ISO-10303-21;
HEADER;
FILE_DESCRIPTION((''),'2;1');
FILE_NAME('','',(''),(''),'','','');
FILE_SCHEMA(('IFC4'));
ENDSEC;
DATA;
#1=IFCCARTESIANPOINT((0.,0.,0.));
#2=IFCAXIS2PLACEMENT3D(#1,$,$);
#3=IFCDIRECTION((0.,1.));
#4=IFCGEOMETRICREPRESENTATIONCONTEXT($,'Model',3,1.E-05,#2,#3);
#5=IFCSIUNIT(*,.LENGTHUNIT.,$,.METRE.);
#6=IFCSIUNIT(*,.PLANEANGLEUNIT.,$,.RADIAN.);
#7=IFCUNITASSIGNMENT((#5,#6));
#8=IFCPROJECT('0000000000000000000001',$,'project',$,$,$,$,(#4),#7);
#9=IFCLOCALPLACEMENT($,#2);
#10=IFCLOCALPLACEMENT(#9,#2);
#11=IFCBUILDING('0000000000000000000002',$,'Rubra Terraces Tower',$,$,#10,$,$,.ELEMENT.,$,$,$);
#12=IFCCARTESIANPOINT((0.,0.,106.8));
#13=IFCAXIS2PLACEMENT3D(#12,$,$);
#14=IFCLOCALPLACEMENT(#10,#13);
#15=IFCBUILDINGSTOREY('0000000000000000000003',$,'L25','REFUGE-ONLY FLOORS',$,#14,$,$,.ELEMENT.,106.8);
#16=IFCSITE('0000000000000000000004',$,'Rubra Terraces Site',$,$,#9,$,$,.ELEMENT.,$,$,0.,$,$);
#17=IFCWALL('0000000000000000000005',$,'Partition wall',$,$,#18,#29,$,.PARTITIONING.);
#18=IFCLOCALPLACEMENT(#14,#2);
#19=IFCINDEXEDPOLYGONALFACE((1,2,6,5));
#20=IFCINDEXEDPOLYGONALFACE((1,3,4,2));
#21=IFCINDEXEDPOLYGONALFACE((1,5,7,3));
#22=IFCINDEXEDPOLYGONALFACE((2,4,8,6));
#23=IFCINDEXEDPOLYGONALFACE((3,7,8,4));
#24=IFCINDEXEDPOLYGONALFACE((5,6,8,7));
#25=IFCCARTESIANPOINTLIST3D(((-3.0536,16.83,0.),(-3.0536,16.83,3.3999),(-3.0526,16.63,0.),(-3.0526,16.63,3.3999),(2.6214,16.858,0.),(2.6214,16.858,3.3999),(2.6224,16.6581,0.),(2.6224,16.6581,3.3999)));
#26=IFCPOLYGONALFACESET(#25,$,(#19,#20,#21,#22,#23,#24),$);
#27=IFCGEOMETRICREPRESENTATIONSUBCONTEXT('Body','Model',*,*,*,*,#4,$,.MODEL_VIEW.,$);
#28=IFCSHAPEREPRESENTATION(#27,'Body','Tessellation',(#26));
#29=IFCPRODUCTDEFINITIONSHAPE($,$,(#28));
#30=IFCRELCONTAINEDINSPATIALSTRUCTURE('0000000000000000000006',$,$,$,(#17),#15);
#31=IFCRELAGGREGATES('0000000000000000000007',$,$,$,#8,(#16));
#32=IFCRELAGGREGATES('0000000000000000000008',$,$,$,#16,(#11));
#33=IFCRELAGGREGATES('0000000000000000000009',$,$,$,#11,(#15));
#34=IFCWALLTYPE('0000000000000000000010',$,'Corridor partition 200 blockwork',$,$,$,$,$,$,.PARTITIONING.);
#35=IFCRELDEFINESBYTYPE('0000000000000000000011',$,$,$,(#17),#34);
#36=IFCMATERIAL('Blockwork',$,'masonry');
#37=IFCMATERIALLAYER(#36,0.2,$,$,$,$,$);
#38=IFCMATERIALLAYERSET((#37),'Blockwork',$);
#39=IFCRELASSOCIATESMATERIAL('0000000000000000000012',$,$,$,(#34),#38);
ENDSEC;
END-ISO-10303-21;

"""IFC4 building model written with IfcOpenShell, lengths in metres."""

from ifc_helpers import new_model, si_unit, direction, frame, frame_2d, origin, place, context, subcontext, project, spatial, rectangle, extrude, material, layer, layer_set, type_object, element, save


model = new_model("IFC4")

# Units and contexts
model_context = context("Model", 3, precision=1e-05, world=origin(), true_north=direction((0.0, 1.0)))
body_context = subcontext(model_context, "Body", "Model", "MODEL_VIEW")
ifc_project = project(units=[si_unit("LENGTHUNIT", "METRE"), si_unit("PLANEANGLEUNIT", "RADIAN")], contexts=[model_context])

# Site, building, storey
site_placement = place(None, origin())
site = spatial("IfcSite", under=ifc_project, at=site_placement, Name="Rubra Terraces Site", CompositionType="ELEMENT", RefElevation=0.0)
building_placement = place(site_placement, origin())
building = spatial("IfcBuilding", under=site, at=building_placement, Name="Rubra Terraces Tower", CompositionType="ELEMENT")
storey_placement = place(building_placement, frame((0.0, 0.0, 106.8)))
storey = spatial("IfcBuildingStorey", under=building, at=storey_placement, Name="L25", Description="REFUGE-ONLY FLOORS", CompositionType="ELEMENT", Elevation=106.8)

# Wall
ifc_material_1 = material(Name="Blockwork", Category="masonry")
ifc_layer_1 = layer(ifc_material_1, 0.2)
ifc_layer_set_1 = layer_set([ifc_layer_1], Name="Blockwork")
wall_type_1 = type_object("IfcWallType", Name="Corridor partition 200 blockwork", PredefinedType="PARTITIONING", material=ifc_layer_set_1)
wall_1_placement = place(storey_placement, frame((-3.053, 16.73, 0.0), z_axis=(0.0, 0.0, 1.0), x_axis=(0.999988, 0.004947, 0.0)))
element("IfcWall", 1, at=wall_1_placement, inside=storey, type_object=wall_type_1, Name="Partition wall", PredefinedType="PARTITIONING", context=body_context, shape_type="SweptSolid", body=[
    extrude(rectangle(XDim=5.675, YDim=0.2, at=frame_2d((2.8374, 0.0))), origin(), (0.0, 0.0, 1.0), 3.3999),
])

save(model, "model.ifc")
